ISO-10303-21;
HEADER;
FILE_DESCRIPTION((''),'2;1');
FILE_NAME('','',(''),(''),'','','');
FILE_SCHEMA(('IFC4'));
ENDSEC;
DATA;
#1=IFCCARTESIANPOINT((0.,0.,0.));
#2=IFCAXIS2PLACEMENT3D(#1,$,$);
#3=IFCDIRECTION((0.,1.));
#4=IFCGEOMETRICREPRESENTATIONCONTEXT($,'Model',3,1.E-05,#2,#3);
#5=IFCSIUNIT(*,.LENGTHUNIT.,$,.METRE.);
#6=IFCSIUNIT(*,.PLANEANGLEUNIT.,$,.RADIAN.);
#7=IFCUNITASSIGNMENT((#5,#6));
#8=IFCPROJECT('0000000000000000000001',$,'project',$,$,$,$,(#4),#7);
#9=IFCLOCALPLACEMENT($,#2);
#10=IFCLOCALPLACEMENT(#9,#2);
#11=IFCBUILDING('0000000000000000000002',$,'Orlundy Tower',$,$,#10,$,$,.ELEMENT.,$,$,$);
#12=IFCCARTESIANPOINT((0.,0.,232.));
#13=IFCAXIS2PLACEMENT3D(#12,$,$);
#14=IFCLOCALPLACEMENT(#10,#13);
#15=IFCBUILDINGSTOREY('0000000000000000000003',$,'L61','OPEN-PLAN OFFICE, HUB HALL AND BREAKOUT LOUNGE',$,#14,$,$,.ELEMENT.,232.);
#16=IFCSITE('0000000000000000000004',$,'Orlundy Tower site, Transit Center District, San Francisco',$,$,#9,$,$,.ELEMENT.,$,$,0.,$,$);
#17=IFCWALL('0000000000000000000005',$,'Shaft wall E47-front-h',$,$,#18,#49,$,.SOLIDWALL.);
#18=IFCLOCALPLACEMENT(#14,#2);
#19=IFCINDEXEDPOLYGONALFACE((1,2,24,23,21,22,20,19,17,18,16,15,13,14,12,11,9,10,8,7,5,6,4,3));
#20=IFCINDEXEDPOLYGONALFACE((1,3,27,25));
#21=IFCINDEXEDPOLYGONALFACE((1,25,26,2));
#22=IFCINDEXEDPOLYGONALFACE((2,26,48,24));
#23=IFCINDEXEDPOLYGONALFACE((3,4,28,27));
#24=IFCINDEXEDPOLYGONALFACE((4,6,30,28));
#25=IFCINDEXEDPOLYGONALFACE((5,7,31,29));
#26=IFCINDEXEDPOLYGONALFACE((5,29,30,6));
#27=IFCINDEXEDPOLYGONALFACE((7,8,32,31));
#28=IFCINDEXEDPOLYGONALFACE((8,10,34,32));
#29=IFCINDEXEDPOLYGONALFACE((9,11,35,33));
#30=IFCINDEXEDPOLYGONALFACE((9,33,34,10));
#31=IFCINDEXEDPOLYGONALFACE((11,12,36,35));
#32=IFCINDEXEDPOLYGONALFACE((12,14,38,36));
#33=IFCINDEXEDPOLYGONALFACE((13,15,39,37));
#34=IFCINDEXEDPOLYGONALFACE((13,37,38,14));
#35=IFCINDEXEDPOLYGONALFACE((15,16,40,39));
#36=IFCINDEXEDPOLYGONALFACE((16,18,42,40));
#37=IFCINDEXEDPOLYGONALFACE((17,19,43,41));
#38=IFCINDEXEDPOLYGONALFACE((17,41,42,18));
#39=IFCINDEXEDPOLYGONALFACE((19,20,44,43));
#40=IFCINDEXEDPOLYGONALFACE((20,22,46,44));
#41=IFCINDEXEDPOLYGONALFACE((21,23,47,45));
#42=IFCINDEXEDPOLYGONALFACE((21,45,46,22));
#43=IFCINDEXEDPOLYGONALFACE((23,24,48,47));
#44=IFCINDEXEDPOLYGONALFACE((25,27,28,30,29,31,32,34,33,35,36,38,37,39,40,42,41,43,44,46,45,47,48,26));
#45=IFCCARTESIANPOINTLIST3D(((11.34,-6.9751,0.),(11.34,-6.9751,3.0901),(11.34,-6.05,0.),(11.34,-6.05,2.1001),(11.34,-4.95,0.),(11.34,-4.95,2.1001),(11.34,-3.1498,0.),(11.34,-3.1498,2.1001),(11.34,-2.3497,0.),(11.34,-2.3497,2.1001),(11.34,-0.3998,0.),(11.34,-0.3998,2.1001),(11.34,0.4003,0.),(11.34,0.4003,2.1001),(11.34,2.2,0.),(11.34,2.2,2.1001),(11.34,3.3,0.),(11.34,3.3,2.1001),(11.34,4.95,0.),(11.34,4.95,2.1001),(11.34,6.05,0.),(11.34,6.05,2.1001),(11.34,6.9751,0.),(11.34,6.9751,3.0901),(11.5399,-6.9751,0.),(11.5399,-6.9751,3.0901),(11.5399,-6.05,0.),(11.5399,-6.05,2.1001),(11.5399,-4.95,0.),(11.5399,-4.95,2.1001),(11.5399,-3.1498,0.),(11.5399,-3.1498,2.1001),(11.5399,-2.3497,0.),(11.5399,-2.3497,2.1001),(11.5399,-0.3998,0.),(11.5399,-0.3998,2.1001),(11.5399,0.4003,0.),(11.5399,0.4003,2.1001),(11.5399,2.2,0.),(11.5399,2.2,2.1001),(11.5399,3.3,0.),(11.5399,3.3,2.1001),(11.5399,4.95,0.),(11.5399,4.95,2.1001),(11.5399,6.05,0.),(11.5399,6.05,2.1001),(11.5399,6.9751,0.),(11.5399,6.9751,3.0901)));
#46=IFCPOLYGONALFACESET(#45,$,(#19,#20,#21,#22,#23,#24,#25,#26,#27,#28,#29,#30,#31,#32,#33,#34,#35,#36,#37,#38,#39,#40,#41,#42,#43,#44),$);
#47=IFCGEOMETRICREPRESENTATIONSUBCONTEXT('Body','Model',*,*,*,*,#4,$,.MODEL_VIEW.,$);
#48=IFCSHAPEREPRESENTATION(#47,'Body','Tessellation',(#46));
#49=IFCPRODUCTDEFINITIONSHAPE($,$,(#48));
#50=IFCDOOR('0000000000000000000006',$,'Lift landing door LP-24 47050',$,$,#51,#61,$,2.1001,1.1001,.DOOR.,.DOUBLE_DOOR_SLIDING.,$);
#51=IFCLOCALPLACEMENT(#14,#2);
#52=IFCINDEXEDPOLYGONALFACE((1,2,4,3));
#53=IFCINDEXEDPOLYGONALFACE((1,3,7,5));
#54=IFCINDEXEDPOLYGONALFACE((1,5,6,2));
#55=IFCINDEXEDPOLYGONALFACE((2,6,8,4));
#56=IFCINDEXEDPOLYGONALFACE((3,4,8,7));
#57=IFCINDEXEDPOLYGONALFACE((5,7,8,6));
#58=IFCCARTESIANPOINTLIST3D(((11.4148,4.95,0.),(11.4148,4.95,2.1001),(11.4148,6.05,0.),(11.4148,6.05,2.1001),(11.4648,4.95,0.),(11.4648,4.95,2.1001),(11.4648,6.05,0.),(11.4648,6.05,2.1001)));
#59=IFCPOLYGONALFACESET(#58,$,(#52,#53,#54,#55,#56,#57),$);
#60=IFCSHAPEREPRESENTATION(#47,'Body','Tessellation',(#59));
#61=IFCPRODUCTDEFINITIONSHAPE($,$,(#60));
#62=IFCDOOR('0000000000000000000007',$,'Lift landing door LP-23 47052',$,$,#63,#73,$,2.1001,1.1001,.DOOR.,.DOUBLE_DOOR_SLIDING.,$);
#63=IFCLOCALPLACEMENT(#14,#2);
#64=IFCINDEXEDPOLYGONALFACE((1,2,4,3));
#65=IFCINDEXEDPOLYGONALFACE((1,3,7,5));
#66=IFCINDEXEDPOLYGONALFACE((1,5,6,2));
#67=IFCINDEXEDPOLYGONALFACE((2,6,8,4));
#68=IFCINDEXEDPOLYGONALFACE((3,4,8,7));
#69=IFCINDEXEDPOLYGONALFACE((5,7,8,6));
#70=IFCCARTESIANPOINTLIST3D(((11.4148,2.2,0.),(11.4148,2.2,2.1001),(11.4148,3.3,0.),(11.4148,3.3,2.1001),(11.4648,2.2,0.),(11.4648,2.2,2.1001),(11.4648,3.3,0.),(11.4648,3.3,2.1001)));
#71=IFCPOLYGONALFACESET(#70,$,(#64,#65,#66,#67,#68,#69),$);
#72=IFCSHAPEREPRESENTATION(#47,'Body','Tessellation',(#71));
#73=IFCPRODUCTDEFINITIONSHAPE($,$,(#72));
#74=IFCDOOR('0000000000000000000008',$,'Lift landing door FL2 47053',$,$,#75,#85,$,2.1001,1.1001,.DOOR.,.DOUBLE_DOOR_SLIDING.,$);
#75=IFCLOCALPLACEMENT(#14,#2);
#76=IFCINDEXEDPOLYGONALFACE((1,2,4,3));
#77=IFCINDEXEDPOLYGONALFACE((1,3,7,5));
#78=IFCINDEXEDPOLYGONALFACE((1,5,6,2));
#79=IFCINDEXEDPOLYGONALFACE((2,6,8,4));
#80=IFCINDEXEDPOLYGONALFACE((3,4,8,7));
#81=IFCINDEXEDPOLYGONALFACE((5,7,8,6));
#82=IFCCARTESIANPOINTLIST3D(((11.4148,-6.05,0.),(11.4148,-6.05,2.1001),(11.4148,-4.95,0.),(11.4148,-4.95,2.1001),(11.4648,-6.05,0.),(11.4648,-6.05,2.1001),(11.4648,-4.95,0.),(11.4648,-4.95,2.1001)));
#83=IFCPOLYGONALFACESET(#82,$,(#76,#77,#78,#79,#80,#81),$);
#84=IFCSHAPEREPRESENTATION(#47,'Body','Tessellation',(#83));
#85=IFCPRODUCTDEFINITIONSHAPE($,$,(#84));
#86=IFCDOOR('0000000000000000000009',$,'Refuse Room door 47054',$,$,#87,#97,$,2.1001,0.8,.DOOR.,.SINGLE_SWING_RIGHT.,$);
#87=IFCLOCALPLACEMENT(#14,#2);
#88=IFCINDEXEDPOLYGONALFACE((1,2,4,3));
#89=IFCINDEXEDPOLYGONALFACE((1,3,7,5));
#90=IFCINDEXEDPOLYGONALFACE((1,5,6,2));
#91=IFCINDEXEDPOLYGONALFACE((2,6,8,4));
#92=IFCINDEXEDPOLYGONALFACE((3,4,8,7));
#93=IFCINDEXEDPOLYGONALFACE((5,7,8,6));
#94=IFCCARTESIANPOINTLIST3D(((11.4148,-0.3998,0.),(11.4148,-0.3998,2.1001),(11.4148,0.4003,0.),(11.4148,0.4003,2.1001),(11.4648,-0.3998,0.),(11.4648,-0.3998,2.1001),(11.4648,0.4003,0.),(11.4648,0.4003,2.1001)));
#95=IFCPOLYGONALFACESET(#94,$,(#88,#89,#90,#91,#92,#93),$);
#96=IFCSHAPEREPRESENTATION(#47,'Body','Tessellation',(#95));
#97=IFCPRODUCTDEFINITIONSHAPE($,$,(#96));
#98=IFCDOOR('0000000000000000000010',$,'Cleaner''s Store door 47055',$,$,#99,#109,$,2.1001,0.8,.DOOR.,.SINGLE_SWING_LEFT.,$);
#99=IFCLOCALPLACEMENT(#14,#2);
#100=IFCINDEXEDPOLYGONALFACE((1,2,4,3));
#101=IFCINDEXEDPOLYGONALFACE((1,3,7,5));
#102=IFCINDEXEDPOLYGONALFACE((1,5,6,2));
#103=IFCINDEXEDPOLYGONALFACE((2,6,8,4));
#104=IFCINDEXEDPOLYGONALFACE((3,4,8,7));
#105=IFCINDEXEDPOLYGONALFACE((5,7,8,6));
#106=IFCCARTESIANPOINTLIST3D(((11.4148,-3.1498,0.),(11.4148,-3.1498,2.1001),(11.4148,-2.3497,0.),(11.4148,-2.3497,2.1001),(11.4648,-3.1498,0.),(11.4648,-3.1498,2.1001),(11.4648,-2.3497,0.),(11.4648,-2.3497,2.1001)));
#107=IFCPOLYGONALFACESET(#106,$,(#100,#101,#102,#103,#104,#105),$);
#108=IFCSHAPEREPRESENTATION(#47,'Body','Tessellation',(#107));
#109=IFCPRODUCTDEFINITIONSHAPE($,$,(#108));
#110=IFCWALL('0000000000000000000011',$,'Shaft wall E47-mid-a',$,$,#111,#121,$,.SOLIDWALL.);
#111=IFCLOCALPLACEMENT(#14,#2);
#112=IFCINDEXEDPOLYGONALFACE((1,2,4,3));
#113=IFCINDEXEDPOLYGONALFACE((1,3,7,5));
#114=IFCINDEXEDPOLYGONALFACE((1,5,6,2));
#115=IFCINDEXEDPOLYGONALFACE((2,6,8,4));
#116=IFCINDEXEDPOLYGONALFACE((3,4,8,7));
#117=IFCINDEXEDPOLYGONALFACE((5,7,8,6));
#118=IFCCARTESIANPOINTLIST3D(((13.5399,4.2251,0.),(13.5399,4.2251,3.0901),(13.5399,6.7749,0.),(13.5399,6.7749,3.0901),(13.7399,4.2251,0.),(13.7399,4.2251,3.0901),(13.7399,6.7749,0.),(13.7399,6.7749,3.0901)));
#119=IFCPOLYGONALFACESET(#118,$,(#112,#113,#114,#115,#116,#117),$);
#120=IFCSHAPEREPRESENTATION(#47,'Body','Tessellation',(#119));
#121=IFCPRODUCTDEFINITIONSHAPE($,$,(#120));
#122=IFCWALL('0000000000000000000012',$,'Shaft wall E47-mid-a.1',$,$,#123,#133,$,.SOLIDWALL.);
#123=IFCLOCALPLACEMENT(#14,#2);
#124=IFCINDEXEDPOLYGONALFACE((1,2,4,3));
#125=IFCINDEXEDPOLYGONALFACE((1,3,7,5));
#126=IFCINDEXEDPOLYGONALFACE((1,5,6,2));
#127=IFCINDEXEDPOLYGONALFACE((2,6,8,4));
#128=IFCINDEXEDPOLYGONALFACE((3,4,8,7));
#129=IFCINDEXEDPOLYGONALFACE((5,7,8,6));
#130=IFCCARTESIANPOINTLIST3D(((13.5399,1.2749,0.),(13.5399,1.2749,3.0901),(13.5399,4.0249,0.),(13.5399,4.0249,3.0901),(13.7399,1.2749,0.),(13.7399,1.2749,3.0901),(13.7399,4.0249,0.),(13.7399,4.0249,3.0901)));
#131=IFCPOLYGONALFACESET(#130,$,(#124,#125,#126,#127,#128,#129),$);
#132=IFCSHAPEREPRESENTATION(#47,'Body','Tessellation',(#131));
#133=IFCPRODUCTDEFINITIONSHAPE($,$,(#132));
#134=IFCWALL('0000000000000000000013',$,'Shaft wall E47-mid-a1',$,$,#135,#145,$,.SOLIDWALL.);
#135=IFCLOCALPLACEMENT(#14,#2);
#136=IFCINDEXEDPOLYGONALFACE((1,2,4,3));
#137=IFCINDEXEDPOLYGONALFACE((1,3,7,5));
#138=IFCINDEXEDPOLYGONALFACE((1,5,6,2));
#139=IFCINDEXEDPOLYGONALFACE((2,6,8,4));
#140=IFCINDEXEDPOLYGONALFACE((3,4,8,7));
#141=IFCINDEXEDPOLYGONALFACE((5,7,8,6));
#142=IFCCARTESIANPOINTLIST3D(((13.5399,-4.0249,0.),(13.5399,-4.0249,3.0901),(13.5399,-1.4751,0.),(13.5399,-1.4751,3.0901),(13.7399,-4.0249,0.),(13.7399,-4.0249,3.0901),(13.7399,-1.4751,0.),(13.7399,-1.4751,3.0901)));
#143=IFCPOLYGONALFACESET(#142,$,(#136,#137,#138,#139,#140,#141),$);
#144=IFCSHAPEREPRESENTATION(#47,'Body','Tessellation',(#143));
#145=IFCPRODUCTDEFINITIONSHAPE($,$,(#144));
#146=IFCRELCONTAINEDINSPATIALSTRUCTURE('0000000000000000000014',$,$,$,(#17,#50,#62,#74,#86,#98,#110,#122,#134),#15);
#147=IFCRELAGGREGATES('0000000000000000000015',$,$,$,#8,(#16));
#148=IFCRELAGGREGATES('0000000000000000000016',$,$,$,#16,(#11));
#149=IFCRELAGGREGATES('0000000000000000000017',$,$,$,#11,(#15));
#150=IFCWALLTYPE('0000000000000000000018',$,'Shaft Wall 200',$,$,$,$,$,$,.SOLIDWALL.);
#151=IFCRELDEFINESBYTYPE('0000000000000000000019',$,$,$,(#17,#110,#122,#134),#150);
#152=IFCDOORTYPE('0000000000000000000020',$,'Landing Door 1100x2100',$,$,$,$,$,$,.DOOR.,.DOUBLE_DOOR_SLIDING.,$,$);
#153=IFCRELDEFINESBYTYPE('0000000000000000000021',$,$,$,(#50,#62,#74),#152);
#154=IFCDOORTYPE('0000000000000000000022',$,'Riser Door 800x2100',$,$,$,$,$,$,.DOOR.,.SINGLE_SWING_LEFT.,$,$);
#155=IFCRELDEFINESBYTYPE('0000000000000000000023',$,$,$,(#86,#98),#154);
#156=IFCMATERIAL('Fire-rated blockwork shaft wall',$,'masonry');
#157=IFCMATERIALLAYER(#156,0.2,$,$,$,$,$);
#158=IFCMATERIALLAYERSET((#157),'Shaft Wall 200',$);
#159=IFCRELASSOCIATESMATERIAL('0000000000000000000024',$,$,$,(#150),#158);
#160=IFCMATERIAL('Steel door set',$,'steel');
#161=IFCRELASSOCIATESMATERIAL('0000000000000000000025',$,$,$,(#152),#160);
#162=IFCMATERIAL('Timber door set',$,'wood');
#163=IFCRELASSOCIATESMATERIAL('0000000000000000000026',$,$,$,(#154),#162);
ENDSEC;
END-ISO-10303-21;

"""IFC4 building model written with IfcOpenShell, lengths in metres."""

from ifc_helpers import new_model, si_unit, direction, frame, frame_2d, origin, place, context, subcontext, project, spatial, rectangle, extrude, material, layer, layer_set, type_object, element, fill, save


model = new_model("IFC4")

# Units and contexts
model_context = context("Model", 3, precision=1e-05, world=origin(), true_north=direction((0.0, 1.0)))
body_context = subcontext(model_context, "Body", "Model", "MODEL_VIEW")
ifc_project = project(units=[si_unit("LENGTHUNIT", "METRE"), si_unit("PLANEANGLEUNIT", "RADIAN")], contexts=[model_context])

# Site, building, storey
site_placement = place(None, origin())
site = spatial("IfcSite", under=ifc_project, at=site_placement, Name="Orlundy Tower site, Transit Center District, San Francisco", CompositionType="ELEMENT", RefElevation=0.0)
building_placement = place(site_placement, origin())
building = spatial("IfcBuilding", under=site, at=building_placement, Name="Orlundy Tower", CompositionType="ELEMENT")
storey_placement = place(building_placement, frame((0.0, 0.0, 232.0)))
storey = spatial("IfcBuildingStorey", under=building, at=storey_placement, Name="L61", Description="OPEN-PLAN OFFICE, HUB HALL AND BREAKOUT LOUNGE", CompositionType="ELEMENT", Elevation=232.0)

# Shared definitions
ifc_material_1 = material(Name="Fire-rated blockwork shaft wall", Category="masonry")
ifc_layer_1 = layer(ifc_material_1, 0.2)
ifc_layer_set_1 = layer_set([ifc_layer_1], Name="Shaft Wall 200")
wall_type_1 = type_object("IfcWallType", Name="Shaft Wall 200", PredefinedType="SOLIDWALL", material=ifc_layer_set_1)

# Wall, openings, doors
wall_1_placement = place(storey_placement, frame((11.4399, 6.9751, 0.0), z_axis=(0.0, 0.0, 1.0), x_axis=(0.0, -1.0, 0.0)))
wall_1 = element("IfcWall", 1, at=wall_1_placement, inside=storey, type_object=wall_type_1, Name="Shaft wall E47-front-h", PredefinedType="SOLIDWALL", context=body_context, shape_type="SweptSolid", body=[
    extrude(rectangle(XDim=13.9502, YDim=0.2, at=frame_2d((6.9751, 0.0))), origin(), (0.0, 0.0, 1.0), 3.0901),
])
opening_1_placement = place(wall_1_placement, frame((0.925, 0.0, 0.0)))
opening_1 = element("IfcOpeningElement", 2, at=opening_1_placement, cuts=wall_1, PredefinedType="OPENING", context=body_context, shape_type="SweptSolid", body=[
    extrude(rectangle(XDim=1.1001, YDim=2.1001, at=frame_2d((0.55, 1.05))), frame((0.0, 0.1101, 0.0), z_axis=(0.0, -1.0, 0.0), x_axis=(1.0, 0.0, 0.0)), (0.0, 0.0, 1.0), 0.2202),
])
opening_2_placement = place(wall_1_placement, frame((3.675, 0.0, 0.0)))
opening_2 = element("IfcOpeningElement", 3, at=opening_2_placement, cuts=wall_1, PredefinedType="OPENING", context=body_context, shape_type="SweptSolid", body=[
    extrude(rectangle(XDim=1.1001, YDim=2.1001, at=frame_2d((0.55, 1.05))), frame((0.0, 0.1101, 0.0), z_axis=(0.0, -1.0, 0.0), x_axis=(1.0, 0.0, 0.0)), (0.0, 0.0, 1.0), 0.2202),
])
opening_3_placement = place(wall_1_placement, frame((11.925, 0.0, 0.0)))
opening_3 = element("IfcOpeningElement", 4, at=opening_3_placement, cuts=wall_1, PredefinedType="OPENING", context=body_context, shape_type="SweptSolid", body=[
    extrude(rectangle(XDim=1.1001, YDim=2.1001, at=frame_2d((0.55, 1.05))), frame((0.0, 0.1101, 0.0), z_axis=(0.0, -1.0, 0.0), x_axis=(1.0, 0.0, 0.0)), (0.0, 0.0, 1.0), 0.2202),
])
opening_4_placement = place(wall_1_placement, frame((6.575, 0.0, 0.0)))
opening_4 = element("IfcOpeningElement", 5, at=opening_4_placement, cuts=wall_1, PredefinedType="OPENING", context=body_context, shape_type="SweptSolid", body=[
    extrude(rectangle(XDim=0.8, YDim=2.1001, at=frame_2d((0.3999, 1.05))), frame((0.0, 0.1101, 0.0), z_axis=(0.0, -1.0, 0.0), x_axis=(1.0, 0.0, 0.0)), (0.0, 0.0, 1.0), 0.2202),
])
opening_5_placement = place(wall_1_placement, frame((9.325, 0.0, 0.0)))
opening_5 = element("IfcOpeningElement", 6, at=opening_5_placement, cuts=wall_1, PredefinedType="OPENING", context=body_context, shape_type="SweptSolid", body=[
    extrude(rectangle(XDim=0.8, YDim=2.1001, at=frame_2d((0.3999, 1.05))), frame((0.0, 0.1101, 0.0), z_axis=(0.0, -1.0, 0.0), x_axis=(1.0, 0.0, 0.0)), (0.0, 0.0, 1.0), 0.2202),
])
ifc_material_2 = material(Name="Steel door set", Category="steel")
door_type_1 = type_object("IfcDoorType", Name="Landing Door 1100x2100", OperationType="DOUBLE_DOOR_SLIDING", PredefinedType="DOOR", material=ifc_material_2)
door_1_placement = place(opening_1_placement, origin())
door_1 = element("IfcDoor", 7, at=door_1_placement, inside=storey, type_object=door_type_1, Name="Lift landing door LP-24 47050", OperationType="DOUBLE_DOOR_SLIDING", OverallHeight=2.1001, OverallWidth=1.1001, PredefinedType="DOOR", context=body_context, shape_type="SweptSolid", body=[
    extrude(rectangle(XDim=1.1001, YDim=2.1001, at=frame_2d((0.55, 1.05))), frame((0.0, 0.0249, 0.0), z_axis=(0.0, -1.0, 0.0), x_axis=(1.0, 0.0, 0.0)), (0.0, 0.0, 1.0), 0.05),
])
fill(opening_1, door_1)
door_2_placement = place(opening_2_placement, origin())
door_2 = element("IfcDoor", 8, at=door_2_placement, inside=storey, type_object=door_type_1, Name="Lift landing door LP-23 47052", OperationType="DOUBLE_DOOR_SLIDING", OverallHeight=2.1001, OverallWidth=1.1001, PredefinedType="DOOR", context=body_context, shape_type="SweptSolid", body=[
    extrude(rectangle(XDim=1.1001, YDim=2.1001, at=frame_2d((0.55, 1.05))), frame((0.0, 0.0249, 0.0), z_axis=(0.0, -1.0, 0.0), x_axis=(1.0, 0.0, 0.0)), (0.0, 0.0, 1.0), 0.05),
])
fill(opening_2, door_2)
door_3_placement = place(opening_3_placement, origin())
door_3 = element("IfcDoor", 9, at=door_3_placement, inside=storey, type_object=door_type_1, Name="Lift landing door FL2 47053", OperationType="DOUBLE_DOOR_SLIDING", OverallHeight=2.1001, OverallWidth=1.1001, PredefinedType="DOOR", context=body_context, shape_type="SweptSolid", body=[
    extrude(rectangle(XDim=1.1001, YDim=2.1001, at=frame_2d((0.55, 1.05))), frame((0.0, 0.0249, 0.0), z_axis=(0.0, -1.0, 0.0), x_axis=(1.0, 0.0, 0.0)), (0.0, 0.0, 1.0), 0.05),
])
fill(opening_3, door_3)
ifc_material_3 = material(Name="Timber door set", Category="wood")
door_type_2 = type_object("IfcDoorType", Name="Riser Door 800x2100", OperationType="SINGLE_SWING_LEFT", PredefinedType="DOOR", material=ifc_material_3)
door_4_placement = place(opening_4_placement, origin())
door_4 = element("IfcDoor", 10, at=door_4_placement, inside=storey, type_object=door_type_2, Name="Refuse Room door 47054", OperationType="SINGLE_SWING_RIGHT", OverallHeight=2.1001, OverallWidth=0.8, PredefinedType="DOOR", context=body_context, shape_type="SweptSolid", body=[
    extrude(rectangle(XDim=0.8, YDim=2.1001, at=frame_2d((0.3999, 1.05))), frame((0.0, 0.0249, 0.0), z_axis=(0.0, -1.0, 0.0), x_axis=(1.0, 0.0, 0.0)), (0.0, 0.0, 1.0), 0.05),
])
fill(opening_4, door_4)
door_5_placement = place(opening_5_placement, origin())
door_5 = element("IfcDoor", 11, at=door_5_placement, inside=storey, type_object=door_type_2, Name="Cleaner's Store door 47055", OperationType="SINGLE_SWING_LEFT", OverallHeight=2.1001, OverallWidth=0.8, PredefinedType="DOOR", context=body_context, shape_type="SweptSolid", body=[
    extrude(rectangle(XDim=0.8, YDim=2.1001, at=frame_2d((0.3999, 1.05))), frame((0.0, 0.0249, 0.0), z_axis=(0.0, -1.0, 0.0), x_axis=(1.0, 0.0, 0.0)), (0.0, 0.0, 1.0), 0.05),
])
fill(opening_5, door_5)

# Walls
wall_2_placement = place(storey_placement, frame((13.6399, 6.7749, 0.0), z_axis=(0.0, 0.0, 1.0), x_axis=(0.0, -1.0, 0.0)))
element("IfcWall", 12, at=wall_2_placement, inside=storey, type_object=wall_type_1, Name="Shaft wall E47-mid-a", PredefinedType="SOLIDWALL", context=body_context, shape_type="SweptSolid", body=[
    extrude(rectangle(XDim=2.5498, YDim=0.2, at=frame_2d((1.2749, 0.0))), origin(), (0.0, 0.0, 1.0), 3.0901),
])
wall_3_placement = place(storey_placement, frame((13.6399, 4.0249, 0.0), z_axis=(0.0, 0.0, 1.0), x_axis=(0.0, -1.0, 0.0)))
element("IfcWall", 13, at=wall_3_placement, inside=storey, type_object=wall_type_1, Name="Shaft wall E47-mid-a.1", PredefinedType="SOLIDWALL", context=body_context, shape_type="SweptSolid", body=[
    extrude(rectangle(XDim=2.75, YDim=0.2, at=frame_2d((1.375, 0.0))), origin(), (0.0, 0.0, 1.0), 3.0901),
])
wall_4_placement = place(storey_placement, frame((13.6399, -1.4751, 0.0), z_axis=(0.0, 0.0, 1.0), x_axis=(0.0, -1.0, 0.0)))
element("IfcWall", 14, at=wall_4_placement, inside=storey, type_object=wall_type_1, Name="Shaft wall E47-mid-a1", PredefinedType="SOLIDWALL", context=body_context, shape_type="SweptSolid", body=[
    extrude(rectangle(XDim=2.5498, YDim=0.2, at=frame_2d((1.2749, 0.0))), origin(), (0.0, 0.0, 1.0), 3.0901),
])

save(model, "model.ifc")
